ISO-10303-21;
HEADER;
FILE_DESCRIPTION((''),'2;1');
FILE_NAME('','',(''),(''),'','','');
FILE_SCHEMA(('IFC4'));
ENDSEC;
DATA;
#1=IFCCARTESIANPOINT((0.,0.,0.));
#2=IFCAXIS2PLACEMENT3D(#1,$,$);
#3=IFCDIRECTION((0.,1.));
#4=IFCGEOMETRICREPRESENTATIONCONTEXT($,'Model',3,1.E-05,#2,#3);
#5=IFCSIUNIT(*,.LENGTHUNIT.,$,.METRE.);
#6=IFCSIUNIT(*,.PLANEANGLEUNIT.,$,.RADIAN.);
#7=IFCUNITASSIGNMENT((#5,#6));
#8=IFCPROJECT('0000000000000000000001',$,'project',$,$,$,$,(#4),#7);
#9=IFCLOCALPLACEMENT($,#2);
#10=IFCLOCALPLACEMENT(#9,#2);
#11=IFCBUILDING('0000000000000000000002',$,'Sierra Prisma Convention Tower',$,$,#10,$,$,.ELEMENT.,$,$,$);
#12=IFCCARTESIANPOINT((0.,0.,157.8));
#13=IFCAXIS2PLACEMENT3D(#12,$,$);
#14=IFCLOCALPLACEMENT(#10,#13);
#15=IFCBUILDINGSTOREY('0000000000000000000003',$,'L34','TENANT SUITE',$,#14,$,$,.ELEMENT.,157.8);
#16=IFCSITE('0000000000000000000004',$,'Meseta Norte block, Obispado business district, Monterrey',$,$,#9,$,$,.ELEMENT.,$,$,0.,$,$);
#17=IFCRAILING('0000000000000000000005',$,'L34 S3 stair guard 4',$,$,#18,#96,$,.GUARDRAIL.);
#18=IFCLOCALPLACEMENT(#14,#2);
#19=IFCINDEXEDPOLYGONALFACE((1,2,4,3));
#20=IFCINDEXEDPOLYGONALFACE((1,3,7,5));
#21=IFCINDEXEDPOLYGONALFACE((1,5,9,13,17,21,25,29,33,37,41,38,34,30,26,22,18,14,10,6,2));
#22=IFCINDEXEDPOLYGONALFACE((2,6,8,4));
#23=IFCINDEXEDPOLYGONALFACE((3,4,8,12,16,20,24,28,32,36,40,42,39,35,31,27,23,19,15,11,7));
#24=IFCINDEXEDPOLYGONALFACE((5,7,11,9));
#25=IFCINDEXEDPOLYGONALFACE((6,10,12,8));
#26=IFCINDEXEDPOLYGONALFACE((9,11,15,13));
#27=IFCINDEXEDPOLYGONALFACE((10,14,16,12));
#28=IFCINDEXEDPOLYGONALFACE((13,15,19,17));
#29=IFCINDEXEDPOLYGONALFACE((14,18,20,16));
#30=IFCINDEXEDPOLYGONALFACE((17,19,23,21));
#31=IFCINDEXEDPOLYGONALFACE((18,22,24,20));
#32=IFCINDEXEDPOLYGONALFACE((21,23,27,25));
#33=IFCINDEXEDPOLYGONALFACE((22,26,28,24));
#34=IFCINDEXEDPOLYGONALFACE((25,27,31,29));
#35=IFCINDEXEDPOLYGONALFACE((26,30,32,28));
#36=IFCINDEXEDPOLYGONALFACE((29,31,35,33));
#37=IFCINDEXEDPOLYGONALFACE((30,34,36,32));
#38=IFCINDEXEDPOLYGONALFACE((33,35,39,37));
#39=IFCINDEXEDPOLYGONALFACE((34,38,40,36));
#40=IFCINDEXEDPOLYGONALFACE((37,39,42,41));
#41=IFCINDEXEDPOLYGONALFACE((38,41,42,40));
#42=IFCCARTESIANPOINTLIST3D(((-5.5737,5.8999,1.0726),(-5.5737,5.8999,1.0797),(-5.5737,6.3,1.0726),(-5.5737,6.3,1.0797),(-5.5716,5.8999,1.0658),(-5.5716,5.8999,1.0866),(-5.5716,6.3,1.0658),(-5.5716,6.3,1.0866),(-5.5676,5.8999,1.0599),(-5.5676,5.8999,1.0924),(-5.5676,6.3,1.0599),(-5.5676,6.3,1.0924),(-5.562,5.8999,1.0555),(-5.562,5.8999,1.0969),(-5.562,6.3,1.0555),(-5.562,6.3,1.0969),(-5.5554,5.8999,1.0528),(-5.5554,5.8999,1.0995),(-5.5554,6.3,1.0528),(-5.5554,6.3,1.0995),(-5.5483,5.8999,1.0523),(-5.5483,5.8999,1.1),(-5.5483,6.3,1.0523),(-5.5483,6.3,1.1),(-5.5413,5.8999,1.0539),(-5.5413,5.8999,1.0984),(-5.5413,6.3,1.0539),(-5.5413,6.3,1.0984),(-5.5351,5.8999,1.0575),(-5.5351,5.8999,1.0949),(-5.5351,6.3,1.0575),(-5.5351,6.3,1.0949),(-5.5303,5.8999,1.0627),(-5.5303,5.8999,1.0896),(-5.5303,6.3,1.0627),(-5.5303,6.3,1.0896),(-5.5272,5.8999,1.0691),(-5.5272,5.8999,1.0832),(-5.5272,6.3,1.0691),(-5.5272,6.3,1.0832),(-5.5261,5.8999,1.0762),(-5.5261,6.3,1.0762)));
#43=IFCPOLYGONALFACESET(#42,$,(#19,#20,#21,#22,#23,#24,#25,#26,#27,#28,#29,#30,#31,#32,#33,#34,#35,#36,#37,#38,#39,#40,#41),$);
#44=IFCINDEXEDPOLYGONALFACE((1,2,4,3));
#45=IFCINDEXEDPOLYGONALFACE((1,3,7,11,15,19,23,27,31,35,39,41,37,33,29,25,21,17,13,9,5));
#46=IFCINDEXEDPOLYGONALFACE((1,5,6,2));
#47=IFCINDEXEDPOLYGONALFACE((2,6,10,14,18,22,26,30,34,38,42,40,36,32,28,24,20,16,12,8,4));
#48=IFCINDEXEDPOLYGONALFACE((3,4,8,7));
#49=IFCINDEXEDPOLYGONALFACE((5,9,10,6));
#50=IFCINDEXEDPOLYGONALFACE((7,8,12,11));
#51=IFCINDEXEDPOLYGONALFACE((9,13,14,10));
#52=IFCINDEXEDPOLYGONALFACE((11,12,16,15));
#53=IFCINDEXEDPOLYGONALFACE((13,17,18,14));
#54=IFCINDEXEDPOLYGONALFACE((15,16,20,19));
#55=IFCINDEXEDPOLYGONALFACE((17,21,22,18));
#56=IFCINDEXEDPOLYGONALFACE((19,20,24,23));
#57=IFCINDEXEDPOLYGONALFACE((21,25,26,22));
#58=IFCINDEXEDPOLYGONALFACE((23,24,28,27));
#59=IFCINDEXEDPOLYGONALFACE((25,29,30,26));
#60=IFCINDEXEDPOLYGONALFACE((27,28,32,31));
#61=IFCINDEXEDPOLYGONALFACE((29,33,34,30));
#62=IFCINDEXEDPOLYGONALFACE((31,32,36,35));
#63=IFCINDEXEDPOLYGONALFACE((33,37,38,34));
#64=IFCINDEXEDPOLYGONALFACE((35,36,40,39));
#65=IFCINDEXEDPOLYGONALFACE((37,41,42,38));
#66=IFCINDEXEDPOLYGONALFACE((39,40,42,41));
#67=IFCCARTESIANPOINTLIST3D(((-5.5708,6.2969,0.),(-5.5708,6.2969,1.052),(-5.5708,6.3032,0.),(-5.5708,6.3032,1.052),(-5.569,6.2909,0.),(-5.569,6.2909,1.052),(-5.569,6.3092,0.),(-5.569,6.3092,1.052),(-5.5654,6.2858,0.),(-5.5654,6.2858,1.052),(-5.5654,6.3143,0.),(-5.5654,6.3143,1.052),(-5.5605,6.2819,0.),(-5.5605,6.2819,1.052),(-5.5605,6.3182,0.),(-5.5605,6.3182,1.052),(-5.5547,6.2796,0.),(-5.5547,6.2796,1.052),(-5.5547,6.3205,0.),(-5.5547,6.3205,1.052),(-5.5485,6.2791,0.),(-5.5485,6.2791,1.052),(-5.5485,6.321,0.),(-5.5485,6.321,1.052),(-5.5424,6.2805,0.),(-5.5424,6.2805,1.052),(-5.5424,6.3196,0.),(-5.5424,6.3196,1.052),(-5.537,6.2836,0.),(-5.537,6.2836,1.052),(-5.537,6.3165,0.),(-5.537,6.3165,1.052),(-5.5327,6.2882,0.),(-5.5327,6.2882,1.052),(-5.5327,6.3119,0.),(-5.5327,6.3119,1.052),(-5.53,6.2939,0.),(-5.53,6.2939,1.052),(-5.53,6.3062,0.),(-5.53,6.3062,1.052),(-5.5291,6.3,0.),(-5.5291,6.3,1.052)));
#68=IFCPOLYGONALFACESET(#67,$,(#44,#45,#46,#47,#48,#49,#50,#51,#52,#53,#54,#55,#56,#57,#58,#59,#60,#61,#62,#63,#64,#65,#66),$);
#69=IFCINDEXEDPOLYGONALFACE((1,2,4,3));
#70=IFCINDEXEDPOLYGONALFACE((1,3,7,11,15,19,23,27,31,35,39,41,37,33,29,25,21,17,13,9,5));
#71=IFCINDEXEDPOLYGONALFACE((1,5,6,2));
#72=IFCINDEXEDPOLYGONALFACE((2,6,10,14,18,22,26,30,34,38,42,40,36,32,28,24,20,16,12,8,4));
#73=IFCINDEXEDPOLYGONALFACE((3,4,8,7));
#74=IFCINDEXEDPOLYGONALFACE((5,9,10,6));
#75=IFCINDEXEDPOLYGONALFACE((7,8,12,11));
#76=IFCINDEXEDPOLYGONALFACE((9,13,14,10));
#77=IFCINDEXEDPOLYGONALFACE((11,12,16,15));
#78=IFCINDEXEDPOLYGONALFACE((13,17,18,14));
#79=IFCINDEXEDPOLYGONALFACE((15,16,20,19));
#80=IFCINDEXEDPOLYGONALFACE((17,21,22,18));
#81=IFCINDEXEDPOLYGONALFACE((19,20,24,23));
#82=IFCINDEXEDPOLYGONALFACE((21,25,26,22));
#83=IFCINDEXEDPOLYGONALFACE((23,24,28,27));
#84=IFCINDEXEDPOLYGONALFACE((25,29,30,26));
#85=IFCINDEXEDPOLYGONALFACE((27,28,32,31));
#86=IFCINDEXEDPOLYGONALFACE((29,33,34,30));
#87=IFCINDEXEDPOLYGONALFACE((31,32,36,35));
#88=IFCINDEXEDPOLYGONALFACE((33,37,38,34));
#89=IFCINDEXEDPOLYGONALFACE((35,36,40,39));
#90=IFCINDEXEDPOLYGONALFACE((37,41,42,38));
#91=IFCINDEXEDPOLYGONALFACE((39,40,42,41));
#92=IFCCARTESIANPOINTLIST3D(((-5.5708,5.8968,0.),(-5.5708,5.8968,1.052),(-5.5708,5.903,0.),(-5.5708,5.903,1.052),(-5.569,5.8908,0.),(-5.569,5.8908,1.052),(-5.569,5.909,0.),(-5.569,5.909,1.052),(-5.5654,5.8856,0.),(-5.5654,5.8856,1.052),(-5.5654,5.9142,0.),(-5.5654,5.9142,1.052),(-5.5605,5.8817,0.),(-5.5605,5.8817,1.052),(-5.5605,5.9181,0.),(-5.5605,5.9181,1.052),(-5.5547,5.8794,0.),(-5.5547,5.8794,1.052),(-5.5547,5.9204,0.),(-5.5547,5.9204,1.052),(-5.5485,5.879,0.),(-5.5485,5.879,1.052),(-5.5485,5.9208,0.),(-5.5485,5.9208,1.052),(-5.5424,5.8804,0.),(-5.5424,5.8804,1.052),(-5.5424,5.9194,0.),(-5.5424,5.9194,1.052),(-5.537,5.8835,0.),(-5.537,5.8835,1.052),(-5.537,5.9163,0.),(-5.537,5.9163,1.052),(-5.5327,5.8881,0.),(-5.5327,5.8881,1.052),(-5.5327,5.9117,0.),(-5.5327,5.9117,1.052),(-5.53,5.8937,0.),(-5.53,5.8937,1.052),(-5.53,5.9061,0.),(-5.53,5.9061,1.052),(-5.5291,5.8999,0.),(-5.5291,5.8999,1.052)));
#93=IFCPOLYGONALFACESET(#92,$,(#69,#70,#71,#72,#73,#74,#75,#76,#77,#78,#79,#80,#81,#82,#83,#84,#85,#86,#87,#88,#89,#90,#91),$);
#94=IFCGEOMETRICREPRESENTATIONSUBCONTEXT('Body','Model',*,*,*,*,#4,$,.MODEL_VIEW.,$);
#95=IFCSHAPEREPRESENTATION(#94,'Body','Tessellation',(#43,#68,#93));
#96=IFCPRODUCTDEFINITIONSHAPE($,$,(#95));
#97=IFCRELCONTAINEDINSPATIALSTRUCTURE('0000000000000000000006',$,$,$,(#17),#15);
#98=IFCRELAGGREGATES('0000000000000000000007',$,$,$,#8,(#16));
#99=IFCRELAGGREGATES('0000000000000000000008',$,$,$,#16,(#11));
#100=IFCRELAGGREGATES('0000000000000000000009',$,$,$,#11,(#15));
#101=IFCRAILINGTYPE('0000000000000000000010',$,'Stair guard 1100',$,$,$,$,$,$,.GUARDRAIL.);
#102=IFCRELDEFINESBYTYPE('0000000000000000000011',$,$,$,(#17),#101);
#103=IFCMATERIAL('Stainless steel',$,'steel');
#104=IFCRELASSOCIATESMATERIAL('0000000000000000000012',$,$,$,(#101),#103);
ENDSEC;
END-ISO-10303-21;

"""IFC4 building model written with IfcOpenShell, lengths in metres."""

from ifc_helpers import new_model, si_unit, direction, frame, origin, origin_2d, place, context, subcontext, project, spatial, circle, extrude, material, type_object, element, save


model = new_model("IFC4")

# Units and contexts
model_context = context("Model", 3, precision=1e-05, world=origin(), true_north=direction((0.0, 1.0)))
body_context = subcontext(model_context, "Body", "Model", "MODEL_VIEW")
ifc_project = project(units=[si_unit("LENGTHUNIT", "METRE"), si_unit("PLANEANGLEUNIT", "RADIAN")], contexts=[model_context])

# Site, building, storey
site_placement = place(None, origin())
site = spatial("IfcSite", under=ifc_project, at=site_placement, Name="Meseta Norte block, Obispado business district, Monterrey", CompositionType="ELEMENT", RefElevation=0.0)
building_placement = place(site_placement, origin())
building = spatial("IfcBuilding", under=site, at=building_placement, Name="Sierra Prisma Convention Tower", CompositionType="ELEMENT")
storey_placement = place(building_placement, frame((0.0, 0.0, 157.8)))
storey = spatial("IfcBuildingStorey", under=building, at=storey_placement, Name="L34", Description="TENANT SUITE", CompositionType="ELEMENT", Elevation=157.8)

# Railing
ifc_material_1 = material(Name="Stainless steel", Category="steel")
railing_type = type_object("IfcRailingType", Name="Stair guard 1100", PredefinedType="GUARDRAIL", material=ifc_material_1)
railing_placement = place(storey_placement, frame((-5.55, 6.3, 0.0)))
element("IfcRailing", 1, at=railing_placement, inside=storey, type_object=railing_type, Name="L34 S3 stair guard 4", PredefinedType="GUARDRAIL", context=body_context, shape_type="SweptSolid", body=[
    extrude(circle(Radius=0.0239, at=origin_2d()), frame((0.0, 0.0, 1.0762), z_axis=(0.0, -1.0, 0.0), x_axis=(1.0, 0.0, 0.0)), (0.0, 0.0, 1.0), 0.4001),
    extrude(circle(Radius=0.021, at=origin_2d()), origin(), (0.0, 0.0, 1.0), 1.052),
    extrude(circle(Radius=0.021, at=origin_2d()), frame((0.0, -0.4001, 0.0)), (0.0, 0.0, 1.0), 1.052),
])

save(model, "model.ifc")
